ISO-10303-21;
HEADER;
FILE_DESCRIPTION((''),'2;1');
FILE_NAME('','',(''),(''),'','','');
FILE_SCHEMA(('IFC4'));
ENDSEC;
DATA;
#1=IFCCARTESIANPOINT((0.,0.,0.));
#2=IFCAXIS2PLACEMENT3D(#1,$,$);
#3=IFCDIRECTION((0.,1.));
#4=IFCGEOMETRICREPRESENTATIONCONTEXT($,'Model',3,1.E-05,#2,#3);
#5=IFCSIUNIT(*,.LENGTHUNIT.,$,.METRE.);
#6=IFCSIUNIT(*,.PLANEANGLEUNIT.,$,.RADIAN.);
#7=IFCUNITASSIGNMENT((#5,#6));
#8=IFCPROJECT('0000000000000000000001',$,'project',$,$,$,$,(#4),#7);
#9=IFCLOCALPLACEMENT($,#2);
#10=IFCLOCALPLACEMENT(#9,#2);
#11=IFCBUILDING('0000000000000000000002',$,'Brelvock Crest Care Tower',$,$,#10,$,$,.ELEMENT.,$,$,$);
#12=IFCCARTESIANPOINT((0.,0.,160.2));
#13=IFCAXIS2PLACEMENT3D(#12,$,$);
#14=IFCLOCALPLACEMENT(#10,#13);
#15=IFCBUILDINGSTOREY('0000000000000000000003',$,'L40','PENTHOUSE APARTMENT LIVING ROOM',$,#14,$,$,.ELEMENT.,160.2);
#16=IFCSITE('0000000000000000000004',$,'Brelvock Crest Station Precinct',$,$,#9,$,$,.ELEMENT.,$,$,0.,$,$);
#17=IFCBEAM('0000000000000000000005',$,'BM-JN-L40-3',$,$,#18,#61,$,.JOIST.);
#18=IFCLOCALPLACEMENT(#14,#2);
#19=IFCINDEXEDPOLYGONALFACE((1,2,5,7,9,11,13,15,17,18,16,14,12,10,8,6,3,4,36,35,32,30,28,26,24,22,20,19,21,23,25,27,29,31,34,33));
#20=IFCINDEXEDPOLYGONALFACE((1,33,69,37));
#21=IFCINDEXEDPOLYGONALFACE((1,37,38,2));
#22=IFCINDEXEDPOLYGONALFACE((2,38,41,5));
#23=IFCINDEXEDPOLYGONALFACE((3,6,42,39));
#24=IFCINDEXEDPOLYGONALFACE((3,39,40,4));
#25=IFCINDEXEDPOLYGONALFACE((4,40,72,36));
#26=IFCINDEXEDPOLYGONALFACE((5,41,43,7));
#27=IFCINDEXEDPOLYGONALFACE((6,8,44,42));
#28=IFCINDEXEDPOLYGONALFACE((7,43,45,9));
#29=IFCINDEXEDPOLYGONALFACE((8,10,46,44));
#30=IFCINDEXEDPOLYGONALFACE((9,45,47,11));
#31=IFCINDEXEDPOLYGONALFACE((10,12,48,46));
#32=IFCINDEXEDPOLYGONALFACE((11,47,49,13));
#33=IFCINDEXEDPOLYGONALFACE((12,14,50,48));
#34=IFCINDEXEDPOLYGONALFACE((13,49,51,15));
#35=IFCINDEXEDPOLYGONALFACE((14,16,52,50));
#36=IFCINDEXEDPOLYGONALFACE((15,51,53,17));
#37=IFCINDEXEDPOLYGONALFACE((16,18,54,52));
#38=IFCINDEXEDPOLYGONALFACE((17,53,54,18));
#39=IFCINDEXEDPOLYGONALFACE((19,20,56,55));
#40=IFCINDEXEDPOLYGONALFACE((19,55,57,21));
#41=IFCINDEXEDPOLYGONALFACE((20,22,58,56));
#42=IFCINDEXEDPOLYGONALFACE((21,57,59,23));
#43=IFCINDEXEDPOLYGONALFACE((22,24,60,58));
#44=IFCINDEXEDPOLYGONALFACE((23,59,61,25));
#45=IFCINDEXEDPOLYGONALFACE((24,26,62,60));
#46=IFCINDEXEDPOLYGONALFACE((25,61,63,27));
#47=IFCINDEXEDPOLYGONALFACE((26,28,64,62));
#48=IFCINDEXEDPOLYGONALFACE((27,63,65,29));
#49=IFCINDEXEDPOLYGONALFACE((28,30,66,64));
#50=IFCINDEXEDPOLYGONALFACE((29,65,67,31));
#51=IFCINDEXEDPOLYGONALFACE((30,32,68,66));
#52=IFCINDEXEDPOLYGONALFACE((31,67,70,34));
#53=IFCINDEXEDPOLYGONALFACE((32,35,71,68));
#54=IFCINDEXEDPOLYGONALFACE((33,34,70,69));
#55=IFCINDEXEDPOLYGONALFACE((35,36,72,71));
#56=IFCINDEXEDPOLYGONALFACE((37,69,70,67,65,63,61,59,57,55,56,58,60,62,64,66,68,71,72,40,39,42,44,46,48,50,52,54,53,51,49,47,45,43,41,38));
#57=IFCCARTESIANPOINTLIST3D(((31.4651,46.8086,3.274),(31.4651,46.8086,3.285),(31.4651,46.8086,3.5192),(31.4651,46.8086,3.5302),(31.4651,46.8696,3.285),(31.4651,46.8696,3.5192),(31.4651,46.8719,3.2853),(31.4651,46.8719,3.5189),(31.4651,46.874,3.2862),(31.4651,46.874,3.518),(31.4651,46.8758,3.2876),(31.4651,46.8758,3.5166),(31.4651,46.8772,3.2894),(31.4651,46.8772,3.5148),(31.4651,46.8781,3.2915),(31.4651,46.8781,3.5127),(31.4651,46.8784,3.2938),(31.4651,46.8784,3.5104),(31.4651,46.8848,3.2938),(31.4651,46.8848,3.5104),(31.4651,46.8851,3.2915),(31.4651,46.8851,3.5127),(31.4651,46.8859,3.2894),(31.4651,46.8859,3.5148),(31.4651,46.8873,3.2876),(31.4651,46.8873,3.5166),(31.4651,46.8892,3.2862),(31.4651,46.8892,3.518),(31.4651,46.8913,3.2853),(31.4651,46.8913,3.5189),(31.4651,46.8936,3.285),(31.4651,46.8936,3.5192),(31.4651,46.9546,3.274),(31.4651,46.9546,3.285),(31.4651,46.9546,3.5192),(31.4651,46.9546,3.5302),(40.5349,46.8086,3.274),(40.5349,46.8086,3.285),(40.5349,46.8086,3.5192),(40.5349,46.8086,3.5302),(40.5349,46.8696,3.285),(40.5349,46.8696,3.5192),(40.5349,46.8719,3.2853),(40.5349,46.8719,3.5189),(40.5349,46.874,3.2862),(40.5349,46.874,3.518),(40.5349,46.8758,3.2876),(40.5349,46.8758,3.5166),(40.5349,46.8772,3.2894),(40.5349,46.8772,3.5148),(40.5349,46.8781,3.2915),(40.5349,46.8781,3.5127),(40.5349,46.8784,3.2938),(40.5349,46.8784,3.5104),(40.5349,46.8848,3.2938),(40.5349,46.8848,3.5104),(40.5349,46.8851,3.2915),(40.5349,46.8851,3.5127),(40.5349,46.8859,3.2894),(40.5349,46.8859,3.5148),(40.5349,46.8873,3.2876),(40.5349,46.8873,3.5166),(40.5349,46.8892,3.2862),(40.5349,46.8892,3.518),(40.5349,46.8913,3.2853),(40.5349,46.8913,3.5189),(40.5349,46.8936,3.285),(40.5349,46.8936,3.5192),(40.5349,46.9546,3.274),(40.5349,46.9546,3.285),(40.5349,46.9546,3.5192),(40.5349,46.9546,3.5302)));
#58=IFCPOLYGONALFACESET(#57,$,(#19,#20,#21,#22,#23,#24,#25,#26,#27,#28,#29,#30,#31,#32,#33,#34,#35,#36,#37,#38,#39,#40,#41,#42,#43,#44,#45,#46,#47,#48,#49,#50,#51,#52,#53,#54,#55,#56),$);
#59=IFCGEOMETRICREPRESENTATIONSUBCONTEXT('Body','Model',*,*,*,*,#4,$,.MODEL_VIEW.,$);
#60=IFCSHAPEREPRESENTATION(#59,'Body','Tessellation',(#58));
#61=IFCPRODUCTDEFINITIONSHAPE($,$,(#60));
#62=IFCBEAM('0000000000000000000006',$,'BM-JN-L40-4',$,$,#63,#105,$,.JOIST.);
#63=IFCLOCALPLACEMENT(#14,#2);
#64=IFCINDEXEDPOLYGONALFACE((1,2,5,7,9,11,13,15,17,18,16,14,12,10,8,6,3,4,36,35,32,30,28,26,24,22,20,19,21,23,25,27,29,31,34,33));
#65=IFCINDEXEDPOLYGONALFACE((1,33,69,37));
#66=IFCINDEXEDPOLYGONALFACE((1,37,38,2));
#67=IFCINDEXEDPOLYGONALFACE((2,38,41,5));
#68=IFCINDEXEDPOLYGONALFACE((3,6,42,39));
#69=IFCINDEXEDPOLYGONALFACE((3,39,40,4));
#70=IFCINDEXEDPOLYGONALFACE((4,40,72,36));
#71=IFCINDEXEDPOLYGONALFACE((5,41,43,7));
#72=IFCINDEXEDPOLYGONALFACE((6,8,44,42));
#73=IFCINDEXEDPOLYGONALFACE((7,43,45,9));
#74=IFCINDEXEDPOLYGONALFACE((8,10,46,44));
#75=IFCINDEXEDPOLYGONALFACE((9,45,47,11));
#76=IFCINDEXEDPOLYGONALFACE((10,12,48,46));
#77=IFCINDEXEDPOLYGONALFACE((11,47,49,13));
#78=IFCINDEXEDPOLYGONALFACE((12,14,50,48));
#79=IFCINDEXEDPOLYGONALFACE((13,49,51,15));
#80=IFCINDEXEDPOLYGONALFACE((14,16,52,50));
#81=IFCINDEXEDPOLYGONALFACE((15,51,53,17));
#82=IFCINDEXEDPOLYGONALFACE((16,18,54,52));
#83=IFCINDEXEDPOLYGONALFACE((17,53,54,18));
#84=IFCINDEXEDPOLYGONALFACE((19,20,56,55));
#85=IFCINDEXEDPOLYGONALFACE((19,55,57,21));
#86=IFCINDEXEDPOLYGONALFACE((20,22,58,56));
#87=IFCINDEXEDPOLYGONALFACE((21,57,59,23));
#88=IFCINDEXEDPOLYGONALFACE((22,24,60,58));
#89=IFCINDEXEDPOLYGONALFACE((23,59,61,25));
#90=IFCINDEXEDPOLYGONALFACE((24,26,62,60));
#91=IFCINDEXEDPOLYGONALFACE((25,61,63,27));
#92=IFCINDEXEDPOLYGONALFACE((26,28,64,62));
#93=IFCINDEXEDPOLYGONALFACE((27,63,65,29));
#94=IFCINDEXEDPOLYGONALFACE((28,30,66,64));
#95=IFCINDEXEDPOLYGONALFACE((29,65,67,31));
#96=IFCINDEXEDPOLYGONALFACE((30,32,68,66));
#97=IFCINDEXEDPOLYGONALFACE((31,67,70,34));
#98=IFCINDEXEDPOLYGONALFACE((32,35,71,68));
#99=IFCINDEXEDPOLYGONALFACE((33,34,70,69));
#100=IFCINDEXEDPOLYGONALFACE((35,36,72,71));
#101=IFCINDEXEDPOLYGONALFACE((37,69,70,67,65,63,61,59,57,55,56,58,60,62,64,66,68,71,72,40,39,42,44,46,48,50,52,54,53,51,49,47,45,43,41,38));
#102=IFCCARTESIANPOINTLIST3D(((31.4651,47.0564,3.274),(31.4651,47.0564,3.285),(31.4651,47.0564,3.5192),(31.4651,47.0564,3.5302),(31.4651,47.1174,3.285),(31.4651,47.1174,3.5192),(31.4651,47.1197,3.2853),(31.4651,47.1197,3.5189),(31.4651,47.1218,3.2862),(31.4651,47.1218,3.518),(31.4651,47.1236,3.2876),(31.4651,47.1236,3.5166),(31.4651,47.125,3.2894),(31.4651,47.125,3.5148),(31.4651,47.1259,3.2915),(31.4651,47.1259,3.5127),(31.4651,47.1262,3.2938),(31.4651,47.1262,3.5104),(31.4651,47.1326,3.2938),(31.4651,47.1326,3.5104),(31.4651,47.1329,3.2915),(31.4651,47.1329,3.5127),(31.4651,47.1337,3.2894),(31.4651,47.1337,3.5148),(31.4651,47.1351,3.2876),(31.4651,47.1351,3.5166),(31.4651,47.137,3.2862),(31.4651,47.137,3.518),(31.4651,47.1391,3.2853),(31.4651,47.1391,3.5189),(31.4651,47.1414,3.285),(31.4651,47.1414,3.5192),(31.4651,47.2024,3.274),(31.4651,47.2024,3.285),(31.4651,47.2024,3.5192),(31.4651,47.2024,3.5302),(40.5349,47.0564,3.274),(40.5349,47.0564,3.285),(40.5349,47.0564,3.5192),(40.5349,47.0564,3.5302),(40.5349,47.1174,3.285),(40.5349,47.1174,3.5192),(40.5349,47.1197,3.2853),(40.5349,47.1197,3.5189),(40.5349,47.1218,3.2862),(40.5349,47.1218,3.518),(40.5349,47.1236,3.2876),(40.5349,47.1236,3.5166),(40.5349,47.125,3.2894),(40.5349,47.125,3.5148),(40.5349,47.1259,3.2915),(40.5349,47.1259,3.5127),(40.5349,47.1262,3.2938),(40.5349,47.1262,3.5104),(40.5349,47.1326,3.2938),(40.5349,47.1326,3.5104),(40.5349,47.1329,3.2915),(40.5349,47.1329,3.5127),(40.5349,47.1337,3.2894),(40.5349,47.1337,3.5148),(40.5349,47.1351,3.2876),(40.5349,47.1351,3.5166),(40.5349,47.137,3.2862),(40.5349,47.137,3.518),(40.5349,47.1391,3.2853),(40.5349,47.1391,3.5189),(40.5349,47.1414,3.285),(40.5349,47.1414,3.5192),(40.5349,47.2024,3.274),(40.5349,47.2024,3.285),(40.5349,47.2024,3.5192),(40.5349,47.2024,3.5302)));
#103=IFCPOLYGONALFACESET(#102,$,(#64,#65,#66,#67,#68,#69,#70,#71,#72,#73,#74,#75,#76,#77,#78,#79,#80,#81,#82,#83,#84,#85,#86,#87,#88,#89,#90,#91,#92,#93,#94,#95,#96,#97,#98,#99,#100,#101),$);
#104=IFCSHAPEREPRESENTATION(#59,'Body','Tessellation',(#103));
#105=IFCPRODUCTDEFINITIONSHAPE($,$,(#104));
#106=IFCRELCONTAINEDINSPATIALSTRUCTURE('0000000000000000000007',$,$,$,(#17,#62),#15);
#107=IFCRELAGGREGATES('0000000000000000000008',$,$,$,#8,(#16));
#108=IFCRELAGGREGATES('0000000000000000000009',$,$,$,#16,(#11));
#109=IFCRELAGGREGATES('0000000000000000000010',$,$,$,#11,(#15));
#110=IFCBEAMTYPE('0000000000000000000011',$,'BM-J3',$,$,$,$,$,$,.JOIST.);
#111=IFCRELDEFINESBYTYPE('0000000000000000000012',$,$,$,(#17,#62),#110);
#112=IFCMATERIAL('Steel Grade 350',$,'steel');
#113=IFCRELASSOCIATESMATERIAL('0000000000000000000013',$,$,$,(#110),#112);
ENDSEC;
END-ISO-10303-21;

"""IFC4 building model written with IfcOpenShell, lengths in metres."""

from ifc_helpers import new_model, si_unit, direction, frame, origin, origin_2d, place, context, subcontext, project, spatial, i_section, extrude, source, transform, mapped, material, material_profile, profile_set, type_object, element, save


model = new_model("IFC4")

# Units and contexts
model_context = context("Model", 3, precision=1e-05, world=origin(), true_north=direction((0.0, 1.0)))
body_context = subcontext(model_context, "Body", "Model", "MODEL_VIEW")
ifc_project = project(units=[si_unit("LENGTHUNIT", "METRE"), si_unit("PLANEANGLEUNIT", "RADIAN")], contexts=[model_context])

# Site, building, storey
site_placement = place(None, origin())
site = spatial("IfcSite", under=ifc_project, at=site_placement, Name="Brelvock Crest Station Precinct", CompositionType="ELEMENT", RefElevation=0.0)
building_placement = place(site_placement, origin())
building = spatial("IfcBuilding", under=site, at=building_placement, Name="Brelvock Crest Care Tower", CompositionType="ELEMENT")
storey_placement = place(building_placement, frame((0.0, 0.0, 160.2)))
storey = spatial("IfcBuildingStorey", under=building, at=storey_placement, Name="L40", Description="PENTHOUSE APARTMENT LIVING ROOM", CompositionType="ELEMENT", Elevation=160.2)

# Beams
ifc_material = material(Name="Steel Grade 350", Category="steel")
ifc_material_profile = material_profile(ifc_material, i_section(OverallWidth=0.146, OverallDepth=0.2561, WebThickness=0.0063, FlangeThickness=0.011, FilletRadius=0.0088, at=origin_2d()), Name="250UB37.3")
ifc_profile_set = profile_set([ifc_material_profile], Name="Steel Grade 350")
beam_type = type_object("IfcBeamType", Name="BM-J3", PredefinedType="JOIST", material=ifc_profile_set)
shared_shape = source(origin(), body_context, "Body", "SweptSolid", [
    extrude(i_section(OverallWidth=0.146, OverallDepth=0.2561, WebThickness=0.0063, FlangeThickness=0.011, FilletRadius=0.0088, at=origin_2d()), origin(), (0.0, 0.0, 1.0), 9.0698),
])
for number, where, z_axis, x_axis, name in (
    (1, (31.4651, 46.8816, 3.4021), (1.0, 0.0, 0.0), (0.0, 1.0, 0.0), "BM-JN-L40-3"),
    (2, (31.4651, 47.1294, 3.4021), (1.0, 0.0, 0.0), (0.0, 1.0, 0.0), "BM-JN-L40-4"),
):
    element("IfcBeam", number, at=place(storey_placement, frame(where, z_axis=z_axis, x_axis=x_axis)), inside=storey, type_object=beam_type, Name=name, PredefinedType="JOIST", context=body_context, shape_type="MappedRepresentation", body=[
        mapped(shared_shape, transform((0.0, 0.0, 0.0), x_axis=(1.0, 0.0, 0.0), y_axis=(0.0, 1.0, 0.0), z_axis=(0.0, 0.0, 1.0), scale=1.0)),
    ])

save(model, "model.ifc")
